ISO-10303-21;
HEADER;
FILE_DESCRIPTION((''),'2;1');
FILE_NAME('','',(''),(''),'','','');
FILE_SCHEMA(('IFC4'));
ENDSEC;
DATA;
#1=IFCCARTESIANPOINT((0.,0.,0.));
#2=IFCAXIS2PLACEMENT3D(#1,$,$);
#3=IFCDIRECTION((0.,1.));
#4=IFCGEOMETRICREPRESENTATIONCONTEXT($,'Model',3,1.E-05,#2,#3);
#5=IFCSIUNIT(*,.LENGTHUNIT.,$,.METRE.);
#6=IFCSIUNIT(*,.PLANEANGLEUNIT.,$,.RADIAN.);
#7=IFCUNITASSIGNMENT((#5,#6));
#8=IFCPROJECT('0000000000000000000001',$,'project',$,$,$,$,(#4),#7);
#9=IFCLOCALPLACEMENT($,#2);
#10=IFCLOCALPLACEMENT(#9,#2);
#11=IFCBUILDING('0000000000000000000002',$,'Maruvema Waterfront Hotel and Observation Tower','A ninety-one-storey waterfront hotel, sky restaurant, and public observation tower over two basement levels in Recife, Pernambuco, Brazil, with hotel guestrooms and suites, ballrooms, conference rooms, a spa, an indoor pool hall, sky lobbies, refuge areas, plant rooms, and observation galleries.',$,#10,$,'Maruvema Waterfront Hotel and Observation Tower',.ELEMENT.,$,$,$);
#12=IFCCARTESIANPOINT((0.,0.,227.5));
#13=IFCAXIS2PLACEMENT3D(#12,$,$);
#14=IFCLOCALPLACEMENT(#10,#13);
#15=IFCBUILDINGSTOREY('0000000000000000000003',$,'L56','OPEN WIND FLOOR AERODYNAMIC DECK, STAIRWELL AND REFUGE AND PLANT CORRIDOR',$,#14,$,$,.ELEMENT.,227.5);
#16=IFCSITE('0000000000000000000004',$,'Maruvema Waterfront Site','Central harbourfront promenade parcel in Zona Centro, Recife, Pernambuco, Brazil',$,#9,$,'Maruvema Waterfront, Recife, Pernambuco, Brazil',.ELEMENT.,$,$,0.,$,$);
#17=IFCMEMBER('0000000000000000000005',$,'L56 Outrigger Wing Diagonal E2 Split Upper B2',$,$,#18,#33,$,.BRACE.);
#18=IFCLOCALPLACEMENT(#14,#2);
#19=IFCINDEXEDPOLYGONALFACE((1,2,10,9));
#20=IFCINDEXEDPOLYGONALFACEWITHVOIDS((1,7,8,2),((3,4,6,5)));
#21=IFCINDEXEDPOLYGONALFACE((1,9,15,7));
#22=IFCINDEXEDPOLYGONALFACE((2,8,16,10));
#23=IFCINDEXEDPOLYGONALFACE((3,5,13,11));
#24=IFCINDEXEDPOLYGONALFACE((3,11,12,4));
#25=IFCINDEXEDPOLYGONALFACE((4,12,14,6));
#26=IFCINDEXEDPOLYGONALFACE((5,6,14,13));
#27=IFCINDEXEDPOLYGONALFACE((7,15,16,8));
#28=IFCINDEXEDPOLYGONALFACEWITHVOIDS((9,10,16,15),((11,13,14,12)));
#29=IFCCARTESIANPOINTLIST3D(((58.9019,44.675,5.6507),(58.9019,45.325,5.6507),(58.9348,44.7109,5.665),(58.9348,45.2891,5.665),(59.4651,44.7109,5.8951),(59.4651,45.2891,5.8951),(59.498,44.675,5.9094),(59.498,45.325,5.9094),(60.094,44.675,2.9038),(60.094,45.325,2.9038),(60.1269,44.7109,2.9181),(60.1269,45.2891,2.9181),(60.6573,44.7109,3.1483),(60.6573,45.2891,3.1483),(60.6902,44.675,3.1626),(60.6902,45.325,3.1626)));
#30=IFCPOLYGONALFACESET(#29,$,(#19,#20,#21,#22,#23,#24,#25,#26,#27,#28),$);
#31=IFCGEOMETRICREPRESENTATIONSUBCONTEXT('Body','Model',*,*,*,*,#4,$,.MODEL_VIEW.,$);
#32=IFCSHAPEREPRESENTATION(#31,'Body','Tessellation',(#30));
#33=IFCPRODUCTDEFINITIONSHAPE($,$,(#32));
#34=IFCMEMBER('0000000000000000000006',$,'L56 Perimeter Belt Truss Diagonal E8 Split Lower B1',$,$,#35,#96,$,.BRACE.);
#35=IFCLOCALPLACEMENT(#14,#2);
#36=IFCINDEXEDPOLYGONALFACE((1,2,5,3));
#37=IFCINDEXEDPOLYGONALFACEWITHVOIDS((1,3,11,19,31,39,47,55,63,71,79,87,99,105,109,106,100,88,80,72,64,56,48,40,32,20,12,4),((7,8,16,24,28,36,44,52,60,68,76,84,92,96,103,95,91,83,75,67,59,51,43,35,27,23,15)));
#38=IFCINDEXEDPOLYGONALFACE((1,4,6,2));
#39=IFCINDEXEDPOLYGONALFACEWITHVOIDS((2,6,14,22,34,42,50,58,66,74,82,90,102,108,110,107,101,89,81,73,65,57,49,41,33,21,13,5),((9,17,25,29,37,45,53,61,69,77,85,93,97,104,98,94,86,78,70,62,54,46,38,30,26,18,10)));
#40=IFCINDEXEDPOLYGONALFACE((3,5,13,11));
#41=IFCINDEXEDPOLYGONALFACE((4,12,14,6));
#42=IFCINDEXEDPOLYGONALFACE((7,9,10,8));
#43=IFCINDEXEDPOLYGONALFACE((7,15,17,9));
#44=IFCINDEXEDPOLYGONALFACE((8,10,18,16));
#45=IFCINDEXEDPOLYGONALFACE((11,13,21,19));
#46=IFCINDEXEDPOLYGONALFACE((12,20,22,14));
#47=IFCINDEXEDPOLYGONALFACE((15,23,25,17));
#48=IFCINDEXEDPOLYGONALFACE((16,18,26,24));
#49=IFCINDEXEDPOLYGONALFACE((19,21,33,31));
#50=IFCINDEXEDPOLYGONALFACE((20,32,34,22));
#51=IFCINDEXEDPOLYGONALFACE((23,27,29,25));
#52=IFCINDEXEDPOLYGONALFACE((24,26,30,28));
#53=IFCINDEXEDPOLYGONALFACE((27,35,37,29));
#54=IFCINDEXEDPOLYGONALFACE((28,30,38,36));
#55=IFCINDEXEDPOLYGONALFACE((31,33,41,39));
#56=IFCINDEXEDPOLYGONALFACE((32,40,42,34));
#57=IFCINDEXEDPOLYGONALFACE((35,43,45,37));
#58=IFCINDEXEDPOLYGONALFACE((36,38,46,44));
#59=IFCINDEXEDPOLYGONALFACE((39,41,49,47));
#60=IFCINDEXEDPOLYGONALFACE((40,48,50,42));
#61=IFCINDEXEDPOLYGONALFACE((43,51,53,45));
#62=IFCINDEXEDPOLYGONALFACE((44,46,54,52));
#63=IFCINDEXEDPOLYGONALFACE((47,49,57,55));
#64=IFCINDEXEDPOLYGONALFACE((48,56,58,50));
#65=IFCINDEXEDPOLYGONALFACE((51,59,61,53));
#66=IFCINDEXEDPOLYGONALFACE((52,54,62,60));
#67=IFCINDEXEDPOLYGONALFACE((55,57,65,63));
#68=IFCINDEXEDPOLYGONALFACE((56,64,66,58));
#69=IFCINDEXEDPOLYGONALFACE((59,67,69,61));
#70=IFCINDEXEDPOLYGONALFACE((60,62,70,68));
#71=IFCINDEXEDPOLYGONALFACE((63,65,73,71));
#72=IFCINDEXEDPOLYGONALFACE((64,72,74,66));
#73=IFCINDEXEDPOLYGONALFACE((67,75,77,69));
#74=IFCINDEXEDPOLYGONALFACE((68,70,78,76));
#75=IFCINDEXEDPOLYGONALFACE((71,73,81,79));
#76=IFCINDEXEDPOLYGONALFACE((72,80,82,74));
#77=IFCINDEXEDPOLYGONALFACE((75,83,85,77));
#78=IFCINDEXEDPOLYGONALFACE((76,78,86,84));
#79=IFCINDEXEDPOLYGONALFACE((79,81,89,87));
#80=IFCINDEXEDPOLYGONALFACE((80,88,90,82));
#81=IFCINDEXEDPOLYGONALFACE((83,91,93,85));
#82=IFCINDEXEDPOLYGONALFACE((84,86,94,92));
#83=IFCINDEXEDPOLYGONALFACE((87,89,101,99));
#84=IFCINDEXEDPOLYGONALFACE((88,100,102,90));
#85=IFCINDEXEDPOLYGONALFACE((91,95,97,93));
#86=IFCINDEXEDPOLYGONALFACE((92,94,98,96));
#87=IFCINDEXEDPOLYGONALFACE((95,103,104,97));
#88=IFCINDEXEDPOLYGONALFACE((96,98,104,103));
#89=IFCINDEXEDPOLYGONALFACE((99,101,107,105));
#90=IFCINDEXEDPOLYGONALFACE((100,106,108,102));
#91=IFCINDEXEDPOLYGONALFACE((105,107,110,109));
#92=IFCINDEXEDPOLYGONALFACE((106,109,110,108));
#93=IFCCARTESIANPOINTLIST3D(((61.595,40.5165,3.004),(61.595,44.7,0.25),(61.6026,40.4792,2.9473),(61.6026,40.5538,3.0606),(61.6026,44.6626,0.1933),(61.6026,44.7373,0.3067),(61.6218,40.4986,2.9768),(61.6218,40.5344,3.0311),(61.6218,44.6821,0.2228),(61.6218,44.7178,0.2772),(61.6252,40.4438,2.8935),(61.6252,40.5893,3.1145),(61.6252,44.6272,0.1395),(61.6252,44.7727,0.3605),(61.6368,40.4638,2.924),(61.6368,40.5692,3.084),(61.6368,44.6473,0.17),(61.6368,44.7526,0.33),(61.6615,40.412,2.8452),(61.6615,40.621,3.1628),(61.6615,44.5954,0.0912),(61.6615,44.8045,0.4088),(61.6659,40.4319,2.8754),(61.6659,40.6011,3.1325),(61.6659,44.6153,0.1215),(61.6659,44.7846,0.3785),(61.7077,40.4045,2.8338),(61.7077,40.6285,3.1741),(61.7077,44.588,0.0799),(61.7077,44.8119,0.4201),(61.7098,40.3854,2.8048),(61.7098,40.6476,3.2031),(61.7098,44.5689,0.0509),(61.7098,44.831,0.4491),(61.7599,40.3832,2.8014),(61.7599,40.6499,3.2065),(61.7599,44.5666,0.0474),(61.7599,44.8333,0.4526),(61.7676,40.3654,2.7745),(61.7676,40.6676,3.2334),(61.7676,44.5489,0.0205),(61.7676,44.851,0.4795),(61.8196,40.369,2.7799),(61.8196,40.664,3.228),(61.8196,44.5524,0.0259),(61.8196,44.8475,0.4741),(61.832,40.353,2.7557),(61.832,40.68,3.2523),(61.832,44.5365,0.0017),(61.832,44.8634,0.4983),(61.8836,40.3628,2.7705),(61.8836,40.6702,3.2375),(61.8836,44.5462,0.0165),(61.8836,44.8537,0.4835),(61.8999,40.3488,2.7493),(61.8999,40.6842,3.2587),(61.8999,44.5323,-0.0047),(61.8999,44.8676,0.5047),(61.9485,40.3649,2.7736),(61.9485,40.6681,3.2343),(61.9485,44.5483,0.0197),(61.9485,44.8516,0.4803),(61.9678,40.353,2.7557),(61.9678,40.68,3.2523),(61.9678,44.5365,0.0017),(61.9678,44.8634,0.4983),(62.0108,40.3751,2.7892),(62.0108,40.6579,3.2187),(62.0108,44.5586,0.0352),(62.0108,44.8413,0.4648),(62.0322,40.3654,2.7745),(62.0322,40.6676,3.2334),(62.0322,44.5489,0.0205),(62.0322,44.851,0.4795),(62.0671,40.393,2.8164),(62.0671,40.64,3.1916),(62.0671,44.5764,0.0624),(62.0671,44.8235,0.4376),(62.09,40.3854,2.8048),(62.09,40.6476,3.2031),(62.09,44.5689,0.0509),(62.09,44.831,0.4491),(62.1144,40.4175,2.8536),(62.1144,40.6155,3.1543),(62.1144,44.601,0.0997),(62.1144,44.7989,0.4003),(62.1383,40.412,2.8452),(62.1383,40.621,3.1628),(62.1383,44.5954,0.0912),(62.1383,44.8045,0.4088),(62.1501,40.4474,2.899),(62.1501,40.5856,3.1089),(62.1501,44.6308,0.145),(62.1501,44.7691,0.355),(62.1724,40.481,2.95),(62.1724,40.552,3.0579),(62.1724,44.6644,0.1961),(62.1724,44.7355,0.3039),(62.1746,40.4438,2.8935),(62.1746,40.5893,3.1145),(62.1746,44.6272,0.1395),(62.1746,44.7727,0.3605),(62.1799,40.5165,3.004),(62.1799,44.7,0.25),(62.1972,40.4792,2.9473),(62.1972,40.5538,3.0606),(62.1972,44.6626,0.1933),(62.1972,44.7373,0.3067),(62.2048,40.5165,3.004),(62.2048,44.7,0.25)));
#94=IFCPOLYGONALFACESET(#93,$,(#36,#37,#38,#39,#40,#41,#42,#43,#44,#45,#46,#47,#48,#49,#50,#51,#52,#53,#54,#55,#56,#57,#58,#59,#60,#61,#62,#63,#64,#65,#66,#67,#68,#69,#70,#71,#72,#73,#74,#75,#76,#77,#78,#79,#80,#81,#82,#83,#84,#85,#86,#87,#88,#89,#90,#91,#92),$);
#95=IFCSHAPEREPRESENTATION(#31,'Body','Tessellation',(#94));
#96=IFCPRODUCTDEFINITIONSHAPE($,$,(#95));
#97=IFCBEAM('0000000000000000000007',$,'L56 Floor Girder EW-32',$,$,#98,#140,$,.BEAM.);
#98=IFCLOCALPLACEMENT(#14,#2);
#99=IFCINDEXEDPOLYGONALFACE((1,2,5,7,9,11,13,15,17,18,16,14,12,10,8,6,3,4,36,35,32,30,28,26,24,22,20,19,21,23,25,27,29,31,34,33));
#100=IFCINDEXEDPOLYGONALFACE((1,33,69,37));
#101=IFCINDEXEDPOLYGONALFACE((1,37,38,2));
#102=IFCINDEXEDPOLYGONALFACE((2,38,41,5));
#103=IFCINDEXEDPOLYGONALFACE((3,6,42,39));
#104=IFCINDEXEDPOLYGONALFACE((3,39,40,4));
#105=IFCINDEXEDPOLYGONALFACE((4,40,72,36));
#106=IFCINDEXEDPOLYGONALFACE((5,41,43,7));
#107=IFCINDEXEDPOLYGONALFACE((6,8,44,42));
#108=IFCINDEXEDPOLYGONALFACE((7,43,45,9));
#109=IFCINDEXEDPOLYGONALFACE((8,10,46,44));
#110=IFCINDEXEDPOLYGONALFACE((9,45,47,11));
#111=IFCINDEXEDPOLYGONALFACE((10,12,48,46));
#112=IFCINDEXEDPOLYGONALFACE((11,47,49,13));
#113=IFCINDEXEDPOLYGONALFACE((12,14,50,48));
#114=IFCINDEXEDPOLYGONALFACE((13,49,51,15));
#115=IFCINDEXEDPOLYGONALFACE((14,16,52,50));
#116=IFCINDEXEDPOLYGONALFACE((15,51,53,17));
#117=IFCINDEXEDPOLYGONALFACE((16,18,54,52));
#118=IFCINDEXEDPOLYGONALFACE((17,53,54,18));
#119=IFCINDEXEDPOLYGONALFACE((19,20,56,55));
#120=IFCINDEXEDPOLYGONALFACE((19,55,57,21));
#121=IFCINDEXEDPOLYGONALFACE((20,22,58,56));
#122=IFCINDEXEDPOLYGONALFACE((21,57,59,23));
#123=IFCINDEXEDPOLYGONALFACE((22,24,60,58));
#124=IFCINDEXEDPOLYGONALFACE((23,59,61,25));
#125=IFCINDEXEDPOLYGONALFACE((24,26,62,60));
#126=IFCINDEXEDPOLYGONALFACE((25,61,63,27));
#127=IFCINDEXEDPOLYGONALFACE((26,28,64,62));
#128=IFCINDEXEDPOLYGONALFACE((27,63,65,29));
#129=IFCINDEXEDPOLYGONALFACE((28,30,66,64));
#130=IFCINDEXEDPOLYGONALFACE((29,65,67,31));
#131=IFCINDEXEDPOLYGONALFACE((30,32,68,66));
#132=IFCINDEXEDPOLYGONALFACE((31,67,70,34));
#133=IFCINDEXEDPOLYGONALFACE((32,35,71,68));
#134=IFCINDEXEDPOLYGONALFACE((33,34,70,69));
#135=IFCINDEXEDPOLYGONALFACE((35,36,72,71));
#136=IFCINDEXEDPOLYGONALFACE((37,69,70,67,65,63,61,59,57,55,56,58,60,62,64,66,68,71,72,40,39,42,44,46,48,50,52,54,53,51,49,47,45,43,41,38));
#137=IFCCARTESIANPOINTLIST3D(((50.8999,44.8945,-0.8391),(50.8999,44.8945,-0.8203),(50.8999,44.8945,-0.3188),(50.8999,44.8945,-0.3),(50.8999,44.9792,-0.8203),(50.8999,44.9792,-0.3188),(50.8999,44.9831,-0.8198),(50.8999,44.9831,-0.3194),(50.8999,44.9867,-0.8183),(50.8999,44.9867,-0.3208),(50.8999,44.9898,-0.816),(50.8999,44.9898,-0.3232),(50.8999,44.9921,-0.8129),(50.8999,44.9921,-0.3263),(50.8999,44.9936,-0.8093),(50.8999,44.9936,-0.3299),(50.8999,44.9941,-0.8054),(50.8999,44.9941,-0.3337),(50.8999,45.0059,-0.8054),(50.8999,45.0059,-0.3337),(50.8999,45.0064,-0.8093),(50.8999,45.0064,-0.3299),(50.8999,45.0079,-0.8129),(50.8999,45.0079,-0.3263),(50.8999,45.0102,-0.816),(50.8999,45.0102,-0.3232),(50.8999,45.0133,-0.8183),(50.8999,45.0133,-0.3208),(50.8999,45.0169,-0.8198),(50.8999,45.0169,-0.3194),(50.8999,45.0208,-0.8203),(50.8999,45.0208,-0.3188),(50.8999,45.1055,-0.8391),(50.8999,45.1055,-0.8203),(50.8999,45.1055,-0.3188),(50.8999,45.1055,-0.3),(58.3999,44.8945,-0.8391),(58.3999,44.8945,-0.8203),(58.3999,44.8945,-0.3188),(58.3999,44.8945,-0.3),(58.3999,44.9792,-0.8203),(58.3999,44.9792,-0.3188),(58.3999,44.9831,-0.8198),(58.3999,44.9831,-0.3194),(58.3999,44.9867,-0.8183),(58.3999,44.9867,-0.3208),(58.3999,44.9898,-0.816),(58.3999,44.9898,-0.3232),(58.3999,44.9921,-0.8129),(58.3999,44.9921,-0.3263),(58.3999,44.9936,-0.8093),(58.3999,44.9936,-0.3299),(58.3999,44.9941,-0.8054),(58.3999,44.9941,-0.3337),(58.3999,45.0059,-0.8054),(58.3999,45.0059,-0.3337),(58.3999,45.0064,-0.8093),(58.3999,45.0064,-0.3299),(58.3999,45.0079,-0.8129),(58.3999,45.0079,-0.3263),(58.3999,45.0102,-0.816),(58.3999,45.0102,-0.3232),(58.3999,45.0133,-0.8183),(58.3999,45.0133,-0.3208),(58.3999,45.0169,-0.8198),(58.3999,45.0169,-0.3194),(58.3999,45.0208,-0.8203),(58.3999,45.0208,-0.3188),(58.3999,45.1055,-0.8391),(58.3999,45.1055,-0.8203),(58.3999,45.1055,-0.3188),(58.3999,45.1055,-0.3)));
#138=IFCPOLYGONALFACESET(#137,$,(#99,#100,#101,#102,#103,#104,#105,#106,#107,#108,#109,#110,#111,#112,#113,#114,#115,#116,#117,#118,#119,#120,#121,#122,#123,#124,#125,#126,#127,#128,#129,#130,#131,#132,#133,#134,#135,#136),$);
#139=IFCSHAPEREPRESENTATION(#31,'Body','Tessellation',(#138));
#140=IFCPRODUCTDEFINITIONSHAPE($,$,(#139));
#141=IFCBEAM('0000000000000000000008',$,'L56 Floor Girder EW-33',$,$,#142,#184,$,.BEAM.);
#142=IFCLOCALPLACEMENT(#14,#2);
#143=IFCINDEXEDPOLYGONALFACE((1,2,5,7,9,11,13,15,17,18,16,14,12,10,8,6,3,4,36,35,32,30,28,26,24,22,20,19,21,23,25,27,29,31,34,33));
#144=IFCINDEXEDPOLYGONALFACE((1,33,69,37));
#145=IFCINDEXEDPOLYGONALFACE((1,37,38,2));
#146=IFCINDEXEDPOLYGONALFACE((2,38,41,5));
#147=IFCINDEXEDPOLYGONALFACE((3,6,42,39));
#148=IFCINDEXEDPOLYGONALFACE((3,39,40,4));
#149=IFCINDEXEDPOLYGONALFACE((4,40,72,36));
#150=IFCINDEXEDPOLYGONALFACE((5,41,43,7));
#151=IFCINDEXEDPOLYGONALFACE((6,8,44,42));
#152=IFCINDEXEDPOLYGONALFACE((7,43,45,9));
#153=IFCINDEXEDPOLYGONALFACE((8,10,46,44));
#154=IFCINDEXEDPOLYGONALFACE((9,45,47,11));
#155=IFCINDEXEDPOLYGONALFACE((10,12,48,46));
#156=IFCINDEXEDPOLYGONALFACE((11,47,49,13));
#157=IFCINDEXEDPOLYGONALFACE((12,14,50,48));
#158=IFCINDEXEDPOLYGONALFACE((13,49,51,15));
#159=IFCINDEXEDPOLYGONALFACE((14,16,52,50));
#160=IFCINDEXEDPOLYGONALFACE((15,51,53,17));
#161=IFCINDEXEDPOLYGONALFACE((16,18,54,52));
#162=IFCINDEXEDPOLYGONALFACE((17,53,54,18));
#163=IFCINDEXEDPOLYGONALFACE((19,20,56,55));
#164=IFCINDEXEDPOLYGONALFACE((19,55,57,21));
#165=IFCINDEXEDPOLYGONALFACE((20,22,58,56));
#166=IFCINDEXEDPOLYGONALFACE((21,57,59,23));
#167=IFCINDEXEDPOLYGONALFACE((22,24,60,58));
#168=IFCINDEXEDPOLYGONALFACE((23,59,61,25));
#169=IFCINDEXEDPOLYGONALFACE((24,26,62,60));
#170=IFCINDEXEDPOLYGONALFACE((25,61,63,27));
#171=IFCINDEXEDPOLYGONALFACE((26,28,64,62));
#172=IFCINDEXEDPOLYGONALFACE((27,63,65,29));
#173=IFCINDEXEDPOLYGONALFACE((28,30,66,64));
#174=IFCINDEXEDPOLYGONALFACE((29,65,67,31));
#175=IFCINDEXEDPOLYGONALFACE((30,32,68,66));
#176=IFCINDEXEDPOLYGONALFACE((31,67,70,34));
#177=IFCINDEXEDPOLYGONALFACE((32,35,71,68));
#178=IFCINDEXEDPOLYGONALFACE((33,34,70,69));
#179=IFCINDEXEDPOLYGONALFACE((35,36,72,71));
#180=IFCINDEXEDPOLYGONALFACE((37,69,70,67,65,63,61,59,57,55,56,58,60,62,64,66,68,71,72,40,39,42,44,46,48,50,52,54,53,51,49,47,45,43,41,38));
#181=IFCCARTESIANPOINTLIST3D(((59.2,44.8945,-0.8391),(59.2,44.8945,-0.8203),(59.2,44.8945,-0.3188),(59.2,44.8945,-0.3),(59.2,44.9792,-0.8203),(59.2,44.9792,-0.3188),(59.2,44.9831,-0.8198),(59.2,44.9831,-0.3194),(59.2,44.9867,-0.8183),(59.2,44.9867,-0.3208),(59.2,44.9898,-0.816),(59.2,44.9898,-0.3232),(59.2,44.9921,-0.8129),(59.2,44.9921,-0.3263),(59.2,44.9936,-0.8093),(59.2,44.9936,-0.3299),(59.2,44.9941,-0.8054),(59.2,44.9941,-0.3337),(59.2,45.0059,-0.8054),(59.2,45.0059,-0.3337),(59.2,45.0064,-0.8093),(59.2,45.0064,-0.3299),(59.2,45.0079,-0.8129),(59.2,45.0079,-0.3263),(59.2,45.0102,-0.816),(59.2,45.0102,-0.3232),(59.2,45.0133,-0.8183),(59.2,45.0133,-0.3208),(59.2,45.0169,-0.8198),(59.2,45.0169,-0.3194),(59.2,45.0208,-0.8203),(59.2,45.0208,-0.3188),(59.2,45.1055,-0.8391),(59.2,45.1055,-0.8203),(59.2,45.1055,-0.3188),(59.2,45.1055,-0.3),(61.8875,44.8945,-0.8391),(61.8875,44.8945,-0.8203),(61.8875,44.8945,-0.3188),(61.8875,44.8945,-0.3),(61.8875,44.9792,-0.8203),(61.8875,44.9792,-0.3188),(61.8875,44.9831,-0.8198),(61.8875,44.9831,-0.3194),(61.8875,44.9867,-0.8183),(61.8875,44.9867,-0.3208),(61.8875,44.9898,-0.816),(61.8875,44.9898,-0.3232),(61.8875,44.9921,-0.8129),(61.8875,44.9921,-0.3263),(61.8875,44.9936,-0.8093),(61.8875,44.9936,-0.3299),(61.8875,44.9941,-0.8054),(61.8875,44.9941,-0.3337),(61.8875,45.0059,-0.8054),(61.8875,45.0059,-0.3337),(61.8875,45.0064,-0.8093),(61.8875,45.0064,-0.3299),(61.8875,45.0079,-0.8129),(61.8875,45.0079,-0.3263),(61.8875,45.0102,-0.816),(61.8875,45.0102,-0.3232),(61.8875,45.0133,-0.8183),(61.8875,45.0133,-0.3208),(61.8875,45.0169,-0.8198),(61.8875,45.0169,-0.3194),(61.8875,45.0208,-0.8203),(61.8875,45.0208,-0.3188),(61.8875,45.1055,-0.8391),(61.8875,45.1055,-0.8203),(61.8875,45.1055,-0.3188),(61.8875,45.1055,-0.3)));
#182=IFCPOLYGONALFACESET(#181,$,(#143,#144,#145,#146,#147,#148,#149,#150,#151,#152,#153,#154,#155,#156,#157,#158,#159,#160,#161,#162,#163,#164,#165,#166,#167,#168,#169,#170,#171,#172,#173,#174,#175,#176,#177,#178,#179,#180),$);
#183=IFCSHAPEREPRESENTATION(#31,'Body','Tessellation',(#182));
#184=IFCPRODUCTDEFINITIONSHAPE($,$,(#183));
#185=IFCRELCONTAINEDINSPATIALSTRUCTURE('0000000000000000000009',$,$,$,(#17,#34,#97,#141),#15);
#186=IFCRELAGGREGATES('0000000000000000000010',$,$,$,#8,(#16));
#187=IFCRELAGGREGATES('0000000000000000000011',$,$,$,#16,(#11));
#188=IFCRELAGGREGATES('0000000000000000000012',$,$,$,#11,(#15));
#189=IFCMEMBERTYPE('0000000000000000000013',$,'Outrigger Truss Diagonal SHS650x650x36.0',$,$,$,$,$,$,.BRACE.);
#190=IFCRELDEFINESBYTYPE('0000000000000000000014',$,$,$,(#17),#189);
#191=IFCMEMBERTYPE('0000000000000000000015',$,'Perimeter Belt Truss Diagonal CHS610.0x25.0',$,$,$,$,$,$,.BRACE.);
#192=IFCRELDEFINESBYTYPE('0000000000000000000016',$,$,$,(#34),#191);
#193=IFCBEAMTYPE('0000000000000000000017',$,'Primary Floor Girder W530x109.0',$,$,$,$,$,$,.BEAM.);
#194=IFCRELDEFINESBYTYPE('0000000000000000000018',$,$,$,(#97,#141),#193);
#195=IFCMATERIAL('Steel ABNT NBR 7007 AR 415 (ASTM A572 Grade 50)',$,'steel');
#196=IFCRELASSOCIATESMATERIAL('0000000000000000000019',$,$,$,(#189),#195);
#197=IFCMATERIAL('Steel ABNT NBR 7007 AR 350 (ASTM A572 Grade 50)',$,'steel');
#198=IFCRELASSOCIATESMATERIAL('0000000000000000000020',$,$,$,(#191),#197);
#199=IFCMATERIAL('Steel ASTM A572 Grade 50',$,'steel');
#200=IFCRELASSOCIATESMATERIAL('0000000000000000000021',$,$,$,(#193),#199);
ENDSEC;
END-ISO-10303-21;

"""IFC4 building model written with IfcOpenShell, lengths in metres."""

from ifc_helpers import new_model, si_unit, direction, frame, origin, origin_2d, place, context, subcontext, project, spatial, hollow_rectangle, hollow_circle, i_section, extrude, material, material_profile, profile_set, type_object, element, save


model = new_model("IFC4")

# Units and contexts
model_context = context("Model", 3, precision=1e-05, world=origin(), true_north=direction((0.0, 1.0)))
body_context = subcontext(model_context, "Body", "Model", "MODEL_VIEW")
ifc_project = project(units=[si_unit("LENGTHUNIT", "METRE"), si_unit("PLANEANGLEUNIT", "RADIAN")], contexts=[model_context])

# Site, building, storey
site_placement = place(None, origin())
site = spatial("IfcSite", under=ifc_project, at=site_placement, Name="Maruvema Waterfront Site", Description="Central harbourfront promenade parcel in Zona Centro, Recife, Pernambuco, Brazil", LongName="Maruvema Waterfront, Recife, Pernambuco, Brazil", CompositionType="ELEMENT", RefElevation=0.0)
building_placement = place(site_placement, origin())
building = spatial("IfcBuilding", under=site, at=building_placement, Name="Maruvema Waterfront Hotel and Observation Tower", Description="A ninety-one-storey waterfront hotel, sky restaurant, and public observation tower over two basement levels in Recife, Pernambuco, Brazil, with hotel guestrooms and suites, ballrooms, conference rooms, a spa, an indoor pool hall, sky lobbies, refuge areas, plant rooms, and observation galleries.", LongName="Maruvema Waterfront Hotel and Observation Tower", CompositionType="ELEMENT")
storey_placement = place(building_placement, frame((0.0, 0.0, 227.5)))
storey = spatial("IfcBuildingStorey", under=building, at=storey_placement, Name="L56", Description="OPEN WIND FLOOR AERODYNAMIC DECK, STAIRWELL AND REFUGE AND PLANT CORRIDOR", CompositionType="ELEMENT", Elevation=227.5)

# Members
ifc_material_1 = material(Name="Steel ABNT NBR 7007 AR 415 (ASTM A572 Grade 50)", Category="steel")
ifc_material_profile_1 = material_profile(ifc_material_1, hollow_rectangle(XDim=0.6499, YDim=0.6499, WallThickness=0.0359, at=origin_2d()), Name="SHS650x650x36.0")
ifc_profile_set_1 = profile_set([ifc_material_profile_1], Name="Steel ABNT NBR 7007 AR 415 (ASTM A572 Grade 50)")
member_type_1 = type_object("IfcMemberType", Name="Outrigger Truss Diagonal SHS650x650x36.0", PredefinedType="BRACE", material=ifc_profile_set_1)
member_1_placement = place(storey_placement, frame((60.3921, 45.0, 3.0332), z_axis=(-0.398127, 0.0, 0.91733), x_axis=(0.0, -1.0, 0.0)))
element("IfcMember", 1, at=member_1_placement, inside=storey, type_object=member_type_1, Name="L56 Outrigger Wing Diagonal E2 Split Upper B2", PredefinedType="BRACE", context=body_context, shape_type="SweptSolid", body=[
    extrude(hollow_rectangle(XDim=0.6499, YDim=0.6499, WallThickness=0.0359, at=origin_2d()), origin(), (0.0, 0.0, 1.0), 2.9944),
])
ifc_material_2 = material(Name="Steel ABNT NBR 7007 AR 350 (ASTM A572 Grade 50)", Category="steel")
ifc_material_profile_2 = material_profile(ifc_material_2, hollow_circle(Radius=0.3049, WallThickness=0.0249, at=origin_2d()), Name="CHS610.0x25.0")
ifc_profile_set_2 = profile_set([ifc_material_profile_2], Name="Steel ABNT NBR 7007 AR 350 (ASTM A572 Grade 50)")
member_type_2 = type_object("IfcMemberType", Name="Perimeter Belt Truss Diagonal CHS610.0x25.0", PredefinedType="BRACE", material=ifc_profile_set_2)
member_2_placement = place(storey_placement, frame((61.8999, 44.7, 0.25), z_axis=(0.0, -0.835261, 0.549854), x_axis=(1.0, 0.0, 0.0)))
element("IfcMember", 2, at=member_2_placement, inside=storey, type_object=member_type_2, Name="L56 Perimeter Belt Truss Diagonal E8 Split Lower B1", PredefinedType="BRACE", context=body_context, shape_type="SweptSolid", body=[
    extrude(hollow_circle(Radius=0.3049, WallThickness=0.0249, at=origin_2d()), origin(), (0.0, 0.0, 1.0), 5.0085),
])

# Beams
ifc_material_3 = material(Name="Steel ASTM A572 Grade 50", Category="steel")
ifc_material_profile_3 = material_profile(ifc_material_3, i_section(OverallWidth=0.2109, OverallDepth=0.5391, WebThickness=0.0117, FlangeThickness=0.0188, FilletRadius=0.0149, at=origin_2d()), Name="W530x109.0")
ifc_profile_set_3 = profile_set([ifc_material_profile_3], Name="Steel ASTM A572 Grade 50")
beam_type = type_object("IfcBeamType", Name="Primary Floor Girder W530x109.0", PredefinedType="BEAM", material=ifc_profile_set_3)
beam_1_placement = place(storey_placement, frame((50.8999, 45.0, -0.5696), z_axis=(1.0, 0.0, 0.0), x_axis=(0.0, 1.0, 0.0)))
element("IfcBeam", 3, at=beam_1_placement, inside=storey, type_object=beam_type, Name="L56 Floor Girder EW-32", PredefinedType="BEAM", context=body_context, shape_type="SweptSolid", body=[
    extrude(i_section(OverallWidth=0.2109, OverallDepth=0.5391, WebThickness=0.0117, FlangeThickness=0.0188, FilletRadius=0.0149, at=origin_2d()), origin(), (0.0, 0.0, 1.0), 7.5),
])
beam_2_placement = place(storey_placement, frame((59.2, 45.0, -0.5696), z_axis=(1.0, 0.0, 0.0), x_axis=(0.0, 1.0, 0.0)))
element("IfcBeam", 4, at=beam_2_placement, inside=storey, type_object=beam_type, Name="L56 Floor Girder EW-33", PredefinedType="BEAM", context=body_context, shape_type="SweptSolid", body=[
    extrude(i_section(OverallWidth=0.2109, OverallDepth=0.5391, WebThickness=0.0117, FlangeThickness=0.0188, FilletRadius=0.0149, at=origin_2d()), origin(), (0.0, 0.0, 1.0), 2.6875),
])

save(model, "model.ifc")
